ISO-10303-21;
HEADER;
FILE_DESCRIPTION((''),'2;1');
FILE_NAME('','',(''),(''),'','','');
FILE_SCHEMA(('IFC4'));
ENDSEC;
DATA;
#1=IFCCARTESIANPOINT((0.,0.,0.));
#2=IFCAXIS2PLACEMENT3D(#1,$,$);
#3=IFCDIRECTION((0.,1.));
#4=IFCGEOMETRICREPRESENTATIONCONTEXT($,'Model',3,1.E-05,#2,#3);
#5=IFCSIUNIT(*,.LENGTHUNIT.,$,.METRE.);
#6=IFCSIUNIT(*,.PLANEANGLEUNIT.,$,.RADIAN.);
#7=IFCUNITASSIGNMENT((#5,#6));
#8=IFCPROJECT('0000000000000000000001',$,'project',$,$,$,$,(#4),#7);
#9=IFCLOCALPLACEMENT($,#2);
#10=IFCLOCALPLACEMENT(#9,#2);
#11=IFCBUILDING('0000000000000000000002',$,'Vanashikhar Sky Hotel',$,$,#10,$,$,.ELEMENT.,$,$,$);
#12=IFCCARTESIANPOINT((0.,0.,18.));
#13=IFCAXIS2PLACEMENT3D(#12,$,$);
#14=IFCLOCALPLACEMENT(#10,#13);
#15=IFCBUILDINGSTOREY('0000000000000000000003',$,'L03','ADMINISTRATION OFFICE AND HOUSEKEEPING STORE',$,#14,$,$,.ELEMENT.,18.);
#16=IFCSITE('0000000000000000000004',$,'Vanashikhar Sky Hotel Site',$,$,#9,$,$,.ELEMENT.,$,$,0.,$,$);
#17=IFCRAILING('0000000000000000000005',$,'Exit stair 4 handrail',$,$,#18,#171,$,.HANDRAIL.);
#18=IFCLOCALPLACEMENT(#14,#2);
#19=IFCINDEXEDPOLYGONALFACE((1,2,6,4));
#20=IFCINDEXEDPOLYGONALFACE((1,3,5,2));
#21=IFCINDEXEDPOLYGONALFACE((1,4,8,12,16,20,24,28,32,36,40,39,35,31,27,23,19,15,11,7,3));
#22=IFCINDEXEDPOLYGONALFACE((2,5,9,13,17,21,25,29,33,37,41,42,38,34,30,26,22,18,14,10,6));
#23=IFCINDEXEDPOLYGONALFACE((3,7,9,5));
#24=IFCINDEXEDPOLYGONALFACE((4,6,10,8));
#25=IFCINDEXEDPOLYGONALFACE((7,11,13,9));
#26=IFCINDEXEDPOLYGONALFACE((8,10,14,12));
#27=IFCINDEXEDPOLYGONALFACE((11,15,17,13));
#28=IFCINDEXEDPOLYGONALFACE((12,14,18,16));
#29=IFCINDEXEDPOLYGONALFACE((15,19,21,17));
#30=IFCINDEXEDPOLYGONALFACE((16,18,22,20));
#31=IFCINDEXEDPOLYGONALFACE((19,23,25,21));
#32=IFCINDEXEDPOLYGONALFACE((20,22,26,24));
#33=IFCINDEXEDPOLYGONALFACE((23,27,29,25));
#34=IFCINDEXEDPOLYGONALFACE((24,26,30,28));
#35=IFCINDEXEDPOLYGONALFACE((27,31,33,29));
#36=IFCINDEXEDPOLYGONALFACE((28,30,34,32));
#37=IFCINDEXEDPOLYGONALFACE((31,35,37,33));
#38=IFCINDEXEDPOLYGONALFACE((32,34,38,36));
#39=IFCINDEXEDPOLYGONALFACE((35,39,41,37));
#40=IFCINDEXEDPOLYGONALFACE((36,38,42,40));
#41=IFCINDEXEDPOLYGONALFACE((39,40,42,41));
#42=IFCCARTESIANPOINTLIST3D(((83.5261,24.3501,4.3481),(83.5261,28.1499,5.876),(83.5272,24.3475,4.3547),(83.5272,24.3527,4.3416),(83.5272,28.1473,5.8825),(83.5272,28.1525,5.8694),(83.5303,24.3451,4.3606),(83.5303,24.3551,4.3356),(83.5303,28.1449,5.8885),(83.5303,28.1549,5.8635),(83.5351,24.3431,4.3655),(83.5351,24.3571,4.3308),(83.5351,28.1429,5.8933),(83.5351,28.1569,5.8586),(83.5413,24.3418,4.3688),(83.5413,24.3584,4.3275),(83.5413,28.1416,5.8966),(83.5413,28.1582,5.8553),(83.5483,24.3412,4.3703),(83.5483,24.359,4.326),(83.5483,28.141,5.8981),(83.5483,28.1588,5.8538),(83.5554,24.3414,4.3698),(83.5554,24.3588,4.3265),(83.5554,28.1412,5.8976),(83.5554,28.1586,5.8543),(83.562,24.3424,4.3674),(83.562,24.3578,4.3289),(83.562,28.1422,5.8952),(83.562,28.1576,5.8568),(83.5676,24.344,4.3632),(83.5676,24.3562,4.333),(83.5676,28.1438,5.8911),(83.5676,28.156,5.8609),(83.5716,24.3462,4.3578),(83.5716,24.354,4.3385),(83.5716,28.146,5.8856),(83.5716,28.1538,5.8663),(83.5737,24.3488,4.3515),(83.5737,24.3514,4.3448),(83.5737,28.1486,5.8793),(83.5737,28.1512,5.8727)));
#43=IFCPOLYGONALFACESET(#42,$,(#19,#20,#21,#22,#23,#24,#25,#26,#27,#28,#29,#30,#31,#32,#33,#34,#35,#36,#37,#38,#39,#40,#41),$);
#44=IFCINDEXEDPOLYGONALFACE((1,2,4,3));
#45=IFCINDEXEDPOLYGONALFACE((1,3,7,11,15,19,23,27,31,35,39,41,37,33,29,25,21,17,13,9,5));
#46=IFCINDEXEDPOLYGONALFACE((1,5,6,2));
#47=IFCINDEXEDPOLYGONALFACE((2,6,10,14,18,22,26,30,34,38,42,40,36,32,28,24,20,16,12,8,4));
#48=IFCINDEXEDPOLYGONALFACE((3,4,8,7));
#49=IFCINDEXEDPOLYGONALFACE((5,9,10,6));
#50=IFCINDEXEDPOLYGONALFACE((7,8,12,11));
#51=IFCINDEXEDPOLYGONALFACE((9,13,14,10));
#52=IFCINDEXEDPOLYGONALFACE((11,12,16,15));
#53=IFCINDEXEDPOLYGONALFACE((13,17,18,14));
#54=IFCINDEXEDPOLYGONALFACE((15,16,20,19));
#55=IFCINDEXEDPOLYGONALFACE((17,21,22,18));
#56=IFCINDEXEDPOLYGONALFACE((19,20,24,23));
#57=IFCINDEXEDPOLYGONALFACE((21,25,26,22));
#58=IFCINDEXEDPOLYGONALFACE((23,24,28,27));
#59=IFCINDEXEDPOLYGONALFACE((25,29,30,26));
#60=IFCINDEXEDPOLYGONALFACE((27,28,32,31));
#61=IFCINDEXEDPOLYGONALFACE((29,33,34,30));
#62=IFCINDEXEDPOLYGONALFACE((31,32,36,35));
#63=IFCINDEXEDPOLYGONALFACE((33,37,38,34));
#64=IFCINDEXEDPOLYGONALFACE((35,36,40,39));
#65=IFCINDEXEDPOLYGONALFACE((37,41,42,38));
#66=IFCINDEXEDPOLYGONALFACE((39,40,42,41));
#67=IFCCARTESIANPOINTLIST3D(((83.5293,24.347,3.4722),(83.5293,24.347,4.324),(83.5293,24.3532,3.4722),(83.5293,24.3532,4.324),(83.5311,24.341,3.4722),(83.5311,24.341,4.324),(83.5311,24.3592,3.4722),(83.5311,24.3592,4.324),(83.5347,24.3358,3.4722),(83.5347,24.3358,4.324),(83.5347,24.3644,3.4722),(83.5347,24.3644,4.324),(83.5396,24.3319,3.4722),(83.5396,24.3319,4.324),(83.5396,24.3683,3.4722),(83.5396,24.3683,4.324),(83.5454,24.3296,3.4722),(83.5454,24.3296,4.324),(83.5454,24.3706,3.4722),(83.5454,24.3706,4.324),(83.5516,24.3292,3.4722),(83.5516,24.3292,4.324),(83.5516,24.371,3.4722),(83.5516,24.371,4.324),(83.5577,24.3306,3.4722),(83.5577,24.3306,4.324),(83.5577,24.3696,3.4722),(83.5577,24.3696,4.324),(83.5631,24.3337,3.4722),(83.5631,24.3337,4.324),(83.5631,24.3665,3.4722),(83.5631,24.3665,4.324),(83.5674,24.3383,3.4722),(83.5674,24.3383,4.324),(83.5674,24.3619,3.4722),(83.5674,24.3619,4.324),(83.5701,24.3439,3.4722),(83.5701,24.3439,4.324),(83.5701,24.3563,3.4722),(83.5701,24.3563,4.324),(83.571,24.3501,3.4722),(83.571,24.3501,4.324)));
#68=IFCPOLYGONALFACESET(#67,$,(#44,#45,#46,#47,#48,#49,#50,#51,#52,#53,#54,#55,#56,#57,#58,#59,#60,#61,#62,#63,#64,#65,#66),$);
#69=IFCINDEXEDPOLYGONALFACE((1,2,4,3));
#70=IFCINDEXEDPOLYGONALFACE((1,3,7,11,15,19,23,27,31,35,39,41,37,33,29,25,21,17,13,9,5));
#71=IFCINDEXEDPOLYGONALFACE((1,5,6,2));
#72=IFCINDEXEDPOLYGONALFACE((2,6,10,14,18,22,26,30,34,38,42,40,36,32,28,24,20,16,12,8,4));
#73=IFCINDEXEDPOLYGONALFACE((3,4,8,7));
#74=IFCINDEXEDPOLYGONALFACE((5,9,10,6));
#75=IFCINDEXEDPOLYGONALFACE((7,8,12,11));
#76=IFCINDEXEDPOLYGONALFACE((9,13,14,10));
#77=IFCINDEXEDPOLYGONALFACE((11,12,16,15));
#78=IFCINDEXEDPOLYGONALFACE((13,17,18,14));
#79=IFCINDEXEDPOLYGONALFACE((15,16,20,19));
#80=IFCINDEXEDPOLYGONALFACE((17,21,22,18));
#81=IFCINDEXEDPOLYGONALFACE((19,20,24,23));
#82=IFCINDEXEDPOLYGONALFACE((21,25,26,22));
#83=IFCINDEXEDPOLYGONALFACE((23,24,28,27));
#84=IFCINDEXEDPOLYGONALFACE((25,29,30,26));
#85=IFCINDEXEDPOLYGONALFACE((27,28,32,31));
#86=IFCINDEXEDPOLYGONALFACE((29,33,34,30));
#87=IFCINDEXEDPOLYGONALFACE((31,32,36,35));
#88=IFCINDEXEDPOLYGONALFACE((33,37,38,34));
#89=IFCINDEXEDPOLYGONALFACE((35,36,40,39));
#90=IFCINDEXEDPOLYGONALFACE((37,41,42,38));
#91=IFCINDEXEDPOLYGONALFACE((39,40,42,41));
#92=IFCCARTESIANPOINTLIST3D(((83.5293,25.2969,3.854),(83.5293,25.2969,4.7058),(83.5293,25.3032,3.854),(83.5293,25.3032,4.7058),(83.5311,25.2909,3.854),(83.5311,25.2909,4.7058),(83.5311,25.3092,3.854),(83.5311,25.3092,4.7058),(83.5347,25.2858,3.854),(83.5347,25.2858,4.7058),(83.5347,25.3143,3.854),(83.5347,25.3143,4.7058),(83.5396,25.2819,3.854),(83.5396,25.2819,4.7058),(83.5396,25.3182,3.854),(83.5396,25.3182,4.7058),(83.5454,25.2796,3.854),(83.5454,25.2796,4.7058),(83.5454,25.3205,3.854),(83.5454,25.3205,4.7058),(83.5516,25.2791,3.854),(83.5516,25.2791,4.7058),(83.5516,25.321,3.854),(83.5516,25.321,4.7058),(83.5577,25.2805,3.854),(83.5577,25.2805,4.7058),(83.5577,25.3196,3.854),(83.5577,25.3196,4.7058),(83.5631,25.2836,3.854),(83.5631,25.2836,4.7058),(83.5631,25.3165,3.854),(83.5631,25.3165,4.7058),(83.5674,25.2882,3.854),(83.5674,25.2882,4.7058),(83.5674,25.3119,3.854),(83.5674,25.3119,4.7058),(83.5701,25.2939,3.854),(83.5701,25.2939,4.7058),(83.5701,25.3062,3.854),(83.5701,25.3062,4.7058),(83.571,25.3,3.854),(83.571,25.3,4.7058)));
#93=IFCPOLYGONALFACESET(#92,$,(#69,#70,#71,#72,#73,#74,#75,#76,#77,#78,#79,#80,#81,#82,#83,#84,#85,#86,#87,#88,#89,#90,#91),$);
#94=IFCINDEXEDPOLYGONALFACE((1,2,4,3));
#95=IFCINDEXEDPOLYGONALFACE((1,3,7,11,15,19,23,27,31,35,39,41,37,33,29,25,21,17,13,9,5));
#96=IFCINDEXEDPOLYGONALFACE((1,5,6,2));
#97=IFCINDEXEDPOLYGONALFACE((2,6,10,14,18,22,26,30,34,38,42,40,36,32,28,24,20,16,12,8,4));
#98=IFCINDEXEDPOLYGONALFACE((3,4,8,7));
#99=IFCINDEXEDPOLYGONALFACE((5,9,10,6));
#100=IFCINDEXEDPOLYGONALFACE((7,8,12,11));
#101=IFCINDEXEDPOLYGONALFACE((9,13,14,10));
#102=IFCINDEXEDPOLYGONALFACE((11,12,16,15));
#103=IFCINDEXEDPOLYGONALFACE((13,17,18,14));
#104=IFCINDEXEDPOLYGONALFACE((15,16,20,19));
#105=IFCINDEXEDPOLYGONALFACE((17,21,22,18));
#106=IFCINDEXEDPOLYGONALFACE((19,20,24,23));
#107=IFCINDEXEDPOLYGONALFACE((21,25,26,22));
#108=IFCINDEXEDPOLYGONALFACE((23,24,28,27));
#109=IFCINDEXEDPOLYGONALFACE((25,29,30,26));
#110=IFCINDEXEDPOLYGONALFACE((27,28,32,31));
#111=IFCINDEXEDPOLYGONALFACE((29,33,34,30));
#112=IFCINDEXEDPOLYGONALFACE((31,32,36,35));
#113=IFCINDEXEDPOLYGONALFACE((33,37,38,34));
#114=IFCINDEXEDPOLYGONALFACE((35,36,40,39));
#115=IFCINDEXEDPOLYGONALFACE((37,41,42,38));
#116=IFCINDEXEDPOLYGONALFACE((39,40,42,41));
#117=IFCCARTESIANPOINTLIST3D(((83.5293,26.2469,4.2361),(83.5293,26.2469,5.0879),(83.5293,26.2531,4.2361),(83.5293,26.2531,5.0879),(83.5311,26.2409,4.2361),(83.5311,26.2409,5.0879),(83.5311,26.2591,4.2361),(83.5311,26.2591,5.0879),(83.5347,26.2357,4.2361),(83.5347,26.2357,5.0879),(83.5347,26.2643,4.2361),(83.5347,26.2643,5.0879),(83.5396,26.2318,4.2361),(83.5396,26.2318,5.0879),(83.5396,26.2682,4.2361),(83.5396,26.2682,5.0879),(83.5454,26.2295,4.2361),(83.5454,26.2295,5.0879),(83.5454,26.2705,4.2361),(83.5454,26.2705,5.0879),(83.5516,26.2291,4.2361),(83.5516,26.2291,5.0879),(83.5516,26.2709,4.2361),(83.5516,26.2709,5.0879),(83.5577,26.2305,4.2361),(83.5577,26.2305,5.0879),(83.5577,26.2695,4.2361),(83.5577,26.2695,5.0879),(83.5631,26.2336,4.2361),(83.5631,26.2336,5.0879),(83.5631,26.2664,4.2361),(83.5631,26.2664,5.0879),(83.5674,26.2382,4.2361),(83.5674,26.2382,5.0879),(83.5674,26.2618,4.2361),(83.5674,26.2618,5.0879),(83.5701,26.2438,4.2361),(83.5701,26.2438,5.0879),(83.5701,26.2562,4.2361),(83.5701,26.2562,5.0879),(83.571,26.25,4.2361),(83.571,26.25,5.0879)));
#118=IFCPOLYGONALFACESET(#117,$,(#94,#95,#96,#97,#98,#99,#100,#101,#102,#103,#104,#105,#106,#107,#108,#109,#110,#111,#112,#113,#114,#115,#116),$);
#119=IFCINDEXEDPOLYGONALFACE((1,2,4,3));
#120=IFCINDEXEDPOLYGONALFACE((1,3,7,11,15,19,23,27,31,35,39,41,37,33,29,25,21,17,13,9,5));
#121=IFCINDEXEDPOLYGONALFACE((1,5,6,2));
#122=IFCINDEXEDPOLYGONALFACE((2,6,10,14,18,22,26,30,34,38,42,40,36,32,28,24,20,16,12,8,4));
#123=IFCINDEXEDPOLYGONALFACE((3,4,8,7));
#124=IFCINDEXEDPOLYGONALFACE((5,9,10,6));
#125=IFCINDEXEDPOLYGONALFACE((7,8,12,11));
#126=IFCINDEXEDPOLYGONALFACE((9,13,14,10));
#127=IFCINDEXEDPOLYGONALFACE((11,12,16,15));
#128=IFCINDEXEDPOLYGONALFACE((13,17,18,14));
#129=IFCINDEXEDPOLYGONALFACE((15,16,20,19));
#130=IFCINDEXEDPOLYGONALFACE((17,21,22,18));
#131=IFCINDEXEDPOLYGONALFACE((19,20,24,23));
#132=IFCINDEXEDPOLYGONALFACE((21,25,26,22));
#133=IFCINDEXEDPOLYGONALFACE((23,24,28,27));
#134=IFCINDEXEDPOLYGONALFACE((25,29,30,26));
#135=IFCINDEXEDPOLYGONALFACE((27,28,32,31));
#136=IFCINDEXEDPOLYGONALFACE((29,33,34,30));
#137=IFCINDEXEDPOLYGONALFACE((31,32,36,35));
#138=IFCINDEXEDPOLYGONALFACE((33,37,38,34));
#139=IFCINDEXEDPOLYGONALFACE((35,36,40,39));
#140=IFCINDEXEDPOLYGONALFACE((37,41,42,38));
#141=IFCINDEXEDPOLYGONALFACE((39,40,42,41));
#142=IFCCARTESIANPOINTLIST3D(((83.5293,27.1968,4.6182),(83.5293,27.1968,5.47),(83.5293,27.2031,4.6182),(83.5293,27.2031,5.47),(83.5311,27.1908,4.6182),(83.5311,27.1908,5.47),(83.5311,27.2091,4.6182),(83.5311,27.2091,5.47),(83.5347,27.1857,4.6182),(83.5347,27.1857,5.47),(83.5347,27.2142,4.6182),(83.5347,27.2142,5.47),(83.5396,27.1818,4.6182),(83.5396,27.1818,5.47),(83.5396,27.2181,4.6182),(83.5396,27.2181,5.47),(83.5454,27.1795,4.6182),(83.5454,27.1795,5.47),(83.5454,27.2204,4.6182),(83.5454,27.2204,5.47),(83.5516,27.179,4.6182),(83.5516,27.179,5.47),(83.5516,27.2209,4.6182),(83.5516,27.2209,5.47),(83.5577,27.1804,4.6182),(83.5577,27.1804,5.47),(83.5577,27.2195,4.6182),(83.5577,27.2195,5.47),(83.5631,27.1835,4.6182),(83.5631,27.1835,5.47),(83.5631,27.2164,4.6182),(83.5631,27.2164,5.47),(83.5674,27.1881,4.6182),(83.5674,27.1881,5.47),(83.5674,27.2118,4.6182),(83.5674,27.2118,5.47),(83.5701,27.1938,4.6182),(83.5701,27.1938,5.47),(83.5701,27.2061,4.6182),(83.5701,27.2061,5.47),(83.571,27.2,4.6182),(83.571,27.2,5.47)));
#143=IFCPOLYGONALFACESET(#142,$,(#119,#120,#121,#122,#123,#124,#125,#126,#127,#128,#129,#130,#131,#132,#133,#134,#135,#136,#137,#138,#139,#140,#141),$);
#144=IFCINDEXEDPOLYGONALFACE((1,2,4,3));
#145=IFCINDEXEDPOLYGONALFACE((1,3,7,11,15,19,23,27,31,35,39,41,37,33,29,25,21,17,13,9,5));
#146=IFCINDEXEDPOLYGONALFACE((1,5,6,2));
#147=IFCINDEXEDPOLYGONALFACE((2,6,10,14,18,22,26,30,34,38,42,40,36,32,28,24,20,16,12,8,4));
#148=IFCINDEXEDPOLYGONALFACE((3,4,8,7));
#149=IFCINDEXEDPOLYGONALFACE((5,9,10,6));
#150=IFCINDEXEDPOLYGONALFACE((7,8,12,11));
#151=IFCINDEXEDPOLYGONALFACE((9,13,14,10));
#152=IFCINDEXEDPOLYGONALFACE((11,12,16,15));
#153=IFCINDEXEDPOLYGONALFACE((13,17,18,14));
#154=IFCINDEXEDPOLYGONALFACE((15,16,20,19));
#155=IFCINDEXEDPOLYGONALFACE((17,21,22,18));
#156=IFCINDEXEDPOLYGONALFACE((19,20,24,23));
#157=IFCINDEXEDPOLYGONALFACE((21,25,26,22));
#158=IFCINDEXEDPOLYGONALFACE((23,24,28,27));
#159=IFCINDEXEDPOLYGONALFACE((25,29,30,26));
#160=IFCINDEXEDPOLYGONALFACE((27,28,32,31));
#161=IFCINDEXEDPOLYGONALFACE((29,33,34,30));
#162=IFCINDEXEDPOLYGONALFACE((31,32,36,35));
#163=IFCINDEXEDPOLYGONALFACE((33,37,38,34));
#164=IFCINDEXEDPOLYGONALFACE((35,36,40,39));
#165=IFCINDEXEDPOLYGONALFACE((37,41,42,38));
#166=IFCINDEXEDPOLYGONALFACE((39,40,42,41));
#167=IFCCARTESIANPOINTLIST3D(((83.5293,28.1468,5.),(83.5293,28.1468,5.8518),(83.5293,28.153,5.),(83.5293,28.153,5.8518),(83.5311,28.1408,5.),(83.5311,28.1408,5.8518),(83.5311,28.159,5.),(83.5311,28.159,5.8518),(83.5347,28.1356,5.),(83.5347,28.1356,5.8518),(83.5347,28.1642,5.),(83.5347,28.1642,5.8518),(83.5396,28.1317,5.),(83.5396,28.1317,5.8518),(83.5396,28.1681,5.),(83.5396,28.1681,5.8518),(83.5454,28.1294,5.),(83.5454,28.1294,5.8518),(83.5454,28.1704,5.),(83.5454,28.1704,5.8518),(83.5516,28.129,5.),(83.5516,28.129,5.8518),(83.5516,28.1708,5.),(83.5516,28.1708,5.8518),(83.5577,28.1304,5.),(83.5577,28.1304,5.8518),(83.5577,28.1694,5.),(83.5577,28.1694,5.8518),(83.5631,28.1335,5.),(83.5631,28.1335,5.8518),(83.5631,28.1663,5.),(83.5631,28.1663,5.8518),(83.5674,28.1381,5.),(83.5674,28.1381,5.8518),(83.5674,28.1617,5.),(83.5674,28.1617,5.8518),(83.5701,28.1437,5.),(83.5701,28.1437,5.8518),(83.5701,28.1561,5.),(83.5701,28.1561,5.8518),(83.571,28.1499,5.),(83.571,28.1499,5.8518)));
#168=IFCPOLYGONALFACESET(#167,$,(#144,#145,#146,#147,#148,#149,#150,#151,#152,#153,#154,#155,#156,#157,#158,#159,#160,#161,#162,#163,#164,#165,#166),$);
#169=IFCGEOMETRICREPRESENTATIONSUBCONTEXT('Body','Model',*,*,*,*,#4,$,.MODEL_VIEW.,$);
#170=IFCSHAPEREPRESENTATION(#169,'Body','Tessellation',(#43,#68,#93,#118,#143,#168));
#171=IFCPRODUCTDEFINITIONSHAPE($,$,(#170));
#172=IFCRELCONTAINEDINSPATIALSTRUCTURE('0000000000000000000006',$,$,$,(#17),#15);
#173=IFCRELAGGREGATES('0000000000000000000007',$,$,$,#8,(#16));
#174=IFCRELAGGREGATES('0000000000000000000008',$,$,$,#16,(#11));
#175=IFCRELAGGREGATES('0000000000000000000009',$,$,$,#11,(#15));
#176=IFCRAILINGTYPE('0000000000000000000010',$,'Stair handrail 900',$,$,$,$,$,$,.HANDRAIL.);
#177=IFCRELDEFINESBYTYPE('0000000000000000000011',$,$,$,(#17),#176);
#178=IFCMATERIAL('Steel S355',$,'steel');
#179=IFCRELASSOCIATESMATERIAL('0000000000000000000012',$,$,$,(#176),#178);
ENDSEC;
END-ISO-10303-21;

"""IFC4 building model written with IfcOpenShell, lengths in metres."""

from ifc_helpers import new_model, si_unit, direction, frame, origin, origin_2d, place, context, subcontext, project, spatial, circle, extrude, source, transform, mapped, material, type_object, element, save


model = new_model("IFC4")

# Units and contexts
model_context = context("Model", 3, precision=1e-05, world=origin(), true_north=direction((0.0, 1.0)))
body_context = subcontext(model_context, "Body", "Model", "MODEL_VIEW")
ifc_project = project(units=[si_unit("LENGTHUNIT", "METRE"), si_unit("PLANEANGLEUNIT", "RADIAN")], contexts=[model_context])

# Site, building, storey
site_placement = place(None, origin())
site = spatial("IfcSite", under=ifc_project, at=site_placement, Name="Vanashikhar Sky Hotel Site", CompositionType="ELEMENT", RefElevation=0.0)
building_placement = place(site_placement, origin())
building = spatial("IfcBuilding", under=site, at=building_placement, Name="Vanashikhar Sky Hotel", CompositionType="ELEMENT")
storey_placement = place(building_placement, frame((0.0, 0.0, 18.0)))
storey = spatial("IfcBuildingStorey", under=building, at=storey_placement, Name="L03", Description="ADMINISTRATION OFFICE AND HOUSEKEEPING STORE", CompositionType="ELEMENT", Elevation=18.0)

# Railing
ifc_material_1 = material(Name="Steel S355", Category="steel")
railing_type = type_object("IfcRailingType", Name="Stair handrail 900", PredefinedType="HANDRAIL", material=ifc_material_1)
shared_shape_1 = source(origin(), body_context, "Body", "SweptSolid", [
    extrude(circle(Radius=0.0239, at=origin_2d()), frame((0.0, 0.0, 0.876), z_axis=(0.0, 0.927809, 0.373055), x_axis=(-1.0, 0.0, 0.0)), (0.0, 0.0, 1.0), 4.0955),
    extrude(circle(Radius=0.021, at=origin_2d()), origin(), (0.0, 0.0, 1.0), 0.8518),
    extrude(circle(Radius=0.021, at=origin_2d()), frame((0.0, 0.95, 0.3818)), (0.0, 0.0, 1.0), 0.8518),
    extrude(circle(Radius=0.021, at=origin_2d()), frame((0.0, 1.8999, 0.7639)), (0.0, 0.0, 1.0), 0.8518),
    extrude(circle(Radius=0.021, at=origin_2d()), frame((0.0, 2.8499, 1.146)), (0.0, 0.0, 1.0), 0.8518),
    extrude(circle(Radius=0.021, at=origin_2d()), frame((0.0, 3.7998, 1.5278)), (0.0, 0.0, 1.0), 0.8518),
])
for number, where, name in (
    (1, (83.55, 24.3501, 3.4722), "Exit stair 4 handrail"),
):
    element("IfcRailing", number, at=place(storey_placement, frame(where)), inside=storey, type_object=railing_type, Name=name, PredefinedType="HANDRAIL", context=body_context, shape_type="MappedRepresentation", body=[
        mapped(shared_shape_1, transform((0.0, 0.0, 0.0), scale=1.0)),
    ])

save(model, "model.ifc")
